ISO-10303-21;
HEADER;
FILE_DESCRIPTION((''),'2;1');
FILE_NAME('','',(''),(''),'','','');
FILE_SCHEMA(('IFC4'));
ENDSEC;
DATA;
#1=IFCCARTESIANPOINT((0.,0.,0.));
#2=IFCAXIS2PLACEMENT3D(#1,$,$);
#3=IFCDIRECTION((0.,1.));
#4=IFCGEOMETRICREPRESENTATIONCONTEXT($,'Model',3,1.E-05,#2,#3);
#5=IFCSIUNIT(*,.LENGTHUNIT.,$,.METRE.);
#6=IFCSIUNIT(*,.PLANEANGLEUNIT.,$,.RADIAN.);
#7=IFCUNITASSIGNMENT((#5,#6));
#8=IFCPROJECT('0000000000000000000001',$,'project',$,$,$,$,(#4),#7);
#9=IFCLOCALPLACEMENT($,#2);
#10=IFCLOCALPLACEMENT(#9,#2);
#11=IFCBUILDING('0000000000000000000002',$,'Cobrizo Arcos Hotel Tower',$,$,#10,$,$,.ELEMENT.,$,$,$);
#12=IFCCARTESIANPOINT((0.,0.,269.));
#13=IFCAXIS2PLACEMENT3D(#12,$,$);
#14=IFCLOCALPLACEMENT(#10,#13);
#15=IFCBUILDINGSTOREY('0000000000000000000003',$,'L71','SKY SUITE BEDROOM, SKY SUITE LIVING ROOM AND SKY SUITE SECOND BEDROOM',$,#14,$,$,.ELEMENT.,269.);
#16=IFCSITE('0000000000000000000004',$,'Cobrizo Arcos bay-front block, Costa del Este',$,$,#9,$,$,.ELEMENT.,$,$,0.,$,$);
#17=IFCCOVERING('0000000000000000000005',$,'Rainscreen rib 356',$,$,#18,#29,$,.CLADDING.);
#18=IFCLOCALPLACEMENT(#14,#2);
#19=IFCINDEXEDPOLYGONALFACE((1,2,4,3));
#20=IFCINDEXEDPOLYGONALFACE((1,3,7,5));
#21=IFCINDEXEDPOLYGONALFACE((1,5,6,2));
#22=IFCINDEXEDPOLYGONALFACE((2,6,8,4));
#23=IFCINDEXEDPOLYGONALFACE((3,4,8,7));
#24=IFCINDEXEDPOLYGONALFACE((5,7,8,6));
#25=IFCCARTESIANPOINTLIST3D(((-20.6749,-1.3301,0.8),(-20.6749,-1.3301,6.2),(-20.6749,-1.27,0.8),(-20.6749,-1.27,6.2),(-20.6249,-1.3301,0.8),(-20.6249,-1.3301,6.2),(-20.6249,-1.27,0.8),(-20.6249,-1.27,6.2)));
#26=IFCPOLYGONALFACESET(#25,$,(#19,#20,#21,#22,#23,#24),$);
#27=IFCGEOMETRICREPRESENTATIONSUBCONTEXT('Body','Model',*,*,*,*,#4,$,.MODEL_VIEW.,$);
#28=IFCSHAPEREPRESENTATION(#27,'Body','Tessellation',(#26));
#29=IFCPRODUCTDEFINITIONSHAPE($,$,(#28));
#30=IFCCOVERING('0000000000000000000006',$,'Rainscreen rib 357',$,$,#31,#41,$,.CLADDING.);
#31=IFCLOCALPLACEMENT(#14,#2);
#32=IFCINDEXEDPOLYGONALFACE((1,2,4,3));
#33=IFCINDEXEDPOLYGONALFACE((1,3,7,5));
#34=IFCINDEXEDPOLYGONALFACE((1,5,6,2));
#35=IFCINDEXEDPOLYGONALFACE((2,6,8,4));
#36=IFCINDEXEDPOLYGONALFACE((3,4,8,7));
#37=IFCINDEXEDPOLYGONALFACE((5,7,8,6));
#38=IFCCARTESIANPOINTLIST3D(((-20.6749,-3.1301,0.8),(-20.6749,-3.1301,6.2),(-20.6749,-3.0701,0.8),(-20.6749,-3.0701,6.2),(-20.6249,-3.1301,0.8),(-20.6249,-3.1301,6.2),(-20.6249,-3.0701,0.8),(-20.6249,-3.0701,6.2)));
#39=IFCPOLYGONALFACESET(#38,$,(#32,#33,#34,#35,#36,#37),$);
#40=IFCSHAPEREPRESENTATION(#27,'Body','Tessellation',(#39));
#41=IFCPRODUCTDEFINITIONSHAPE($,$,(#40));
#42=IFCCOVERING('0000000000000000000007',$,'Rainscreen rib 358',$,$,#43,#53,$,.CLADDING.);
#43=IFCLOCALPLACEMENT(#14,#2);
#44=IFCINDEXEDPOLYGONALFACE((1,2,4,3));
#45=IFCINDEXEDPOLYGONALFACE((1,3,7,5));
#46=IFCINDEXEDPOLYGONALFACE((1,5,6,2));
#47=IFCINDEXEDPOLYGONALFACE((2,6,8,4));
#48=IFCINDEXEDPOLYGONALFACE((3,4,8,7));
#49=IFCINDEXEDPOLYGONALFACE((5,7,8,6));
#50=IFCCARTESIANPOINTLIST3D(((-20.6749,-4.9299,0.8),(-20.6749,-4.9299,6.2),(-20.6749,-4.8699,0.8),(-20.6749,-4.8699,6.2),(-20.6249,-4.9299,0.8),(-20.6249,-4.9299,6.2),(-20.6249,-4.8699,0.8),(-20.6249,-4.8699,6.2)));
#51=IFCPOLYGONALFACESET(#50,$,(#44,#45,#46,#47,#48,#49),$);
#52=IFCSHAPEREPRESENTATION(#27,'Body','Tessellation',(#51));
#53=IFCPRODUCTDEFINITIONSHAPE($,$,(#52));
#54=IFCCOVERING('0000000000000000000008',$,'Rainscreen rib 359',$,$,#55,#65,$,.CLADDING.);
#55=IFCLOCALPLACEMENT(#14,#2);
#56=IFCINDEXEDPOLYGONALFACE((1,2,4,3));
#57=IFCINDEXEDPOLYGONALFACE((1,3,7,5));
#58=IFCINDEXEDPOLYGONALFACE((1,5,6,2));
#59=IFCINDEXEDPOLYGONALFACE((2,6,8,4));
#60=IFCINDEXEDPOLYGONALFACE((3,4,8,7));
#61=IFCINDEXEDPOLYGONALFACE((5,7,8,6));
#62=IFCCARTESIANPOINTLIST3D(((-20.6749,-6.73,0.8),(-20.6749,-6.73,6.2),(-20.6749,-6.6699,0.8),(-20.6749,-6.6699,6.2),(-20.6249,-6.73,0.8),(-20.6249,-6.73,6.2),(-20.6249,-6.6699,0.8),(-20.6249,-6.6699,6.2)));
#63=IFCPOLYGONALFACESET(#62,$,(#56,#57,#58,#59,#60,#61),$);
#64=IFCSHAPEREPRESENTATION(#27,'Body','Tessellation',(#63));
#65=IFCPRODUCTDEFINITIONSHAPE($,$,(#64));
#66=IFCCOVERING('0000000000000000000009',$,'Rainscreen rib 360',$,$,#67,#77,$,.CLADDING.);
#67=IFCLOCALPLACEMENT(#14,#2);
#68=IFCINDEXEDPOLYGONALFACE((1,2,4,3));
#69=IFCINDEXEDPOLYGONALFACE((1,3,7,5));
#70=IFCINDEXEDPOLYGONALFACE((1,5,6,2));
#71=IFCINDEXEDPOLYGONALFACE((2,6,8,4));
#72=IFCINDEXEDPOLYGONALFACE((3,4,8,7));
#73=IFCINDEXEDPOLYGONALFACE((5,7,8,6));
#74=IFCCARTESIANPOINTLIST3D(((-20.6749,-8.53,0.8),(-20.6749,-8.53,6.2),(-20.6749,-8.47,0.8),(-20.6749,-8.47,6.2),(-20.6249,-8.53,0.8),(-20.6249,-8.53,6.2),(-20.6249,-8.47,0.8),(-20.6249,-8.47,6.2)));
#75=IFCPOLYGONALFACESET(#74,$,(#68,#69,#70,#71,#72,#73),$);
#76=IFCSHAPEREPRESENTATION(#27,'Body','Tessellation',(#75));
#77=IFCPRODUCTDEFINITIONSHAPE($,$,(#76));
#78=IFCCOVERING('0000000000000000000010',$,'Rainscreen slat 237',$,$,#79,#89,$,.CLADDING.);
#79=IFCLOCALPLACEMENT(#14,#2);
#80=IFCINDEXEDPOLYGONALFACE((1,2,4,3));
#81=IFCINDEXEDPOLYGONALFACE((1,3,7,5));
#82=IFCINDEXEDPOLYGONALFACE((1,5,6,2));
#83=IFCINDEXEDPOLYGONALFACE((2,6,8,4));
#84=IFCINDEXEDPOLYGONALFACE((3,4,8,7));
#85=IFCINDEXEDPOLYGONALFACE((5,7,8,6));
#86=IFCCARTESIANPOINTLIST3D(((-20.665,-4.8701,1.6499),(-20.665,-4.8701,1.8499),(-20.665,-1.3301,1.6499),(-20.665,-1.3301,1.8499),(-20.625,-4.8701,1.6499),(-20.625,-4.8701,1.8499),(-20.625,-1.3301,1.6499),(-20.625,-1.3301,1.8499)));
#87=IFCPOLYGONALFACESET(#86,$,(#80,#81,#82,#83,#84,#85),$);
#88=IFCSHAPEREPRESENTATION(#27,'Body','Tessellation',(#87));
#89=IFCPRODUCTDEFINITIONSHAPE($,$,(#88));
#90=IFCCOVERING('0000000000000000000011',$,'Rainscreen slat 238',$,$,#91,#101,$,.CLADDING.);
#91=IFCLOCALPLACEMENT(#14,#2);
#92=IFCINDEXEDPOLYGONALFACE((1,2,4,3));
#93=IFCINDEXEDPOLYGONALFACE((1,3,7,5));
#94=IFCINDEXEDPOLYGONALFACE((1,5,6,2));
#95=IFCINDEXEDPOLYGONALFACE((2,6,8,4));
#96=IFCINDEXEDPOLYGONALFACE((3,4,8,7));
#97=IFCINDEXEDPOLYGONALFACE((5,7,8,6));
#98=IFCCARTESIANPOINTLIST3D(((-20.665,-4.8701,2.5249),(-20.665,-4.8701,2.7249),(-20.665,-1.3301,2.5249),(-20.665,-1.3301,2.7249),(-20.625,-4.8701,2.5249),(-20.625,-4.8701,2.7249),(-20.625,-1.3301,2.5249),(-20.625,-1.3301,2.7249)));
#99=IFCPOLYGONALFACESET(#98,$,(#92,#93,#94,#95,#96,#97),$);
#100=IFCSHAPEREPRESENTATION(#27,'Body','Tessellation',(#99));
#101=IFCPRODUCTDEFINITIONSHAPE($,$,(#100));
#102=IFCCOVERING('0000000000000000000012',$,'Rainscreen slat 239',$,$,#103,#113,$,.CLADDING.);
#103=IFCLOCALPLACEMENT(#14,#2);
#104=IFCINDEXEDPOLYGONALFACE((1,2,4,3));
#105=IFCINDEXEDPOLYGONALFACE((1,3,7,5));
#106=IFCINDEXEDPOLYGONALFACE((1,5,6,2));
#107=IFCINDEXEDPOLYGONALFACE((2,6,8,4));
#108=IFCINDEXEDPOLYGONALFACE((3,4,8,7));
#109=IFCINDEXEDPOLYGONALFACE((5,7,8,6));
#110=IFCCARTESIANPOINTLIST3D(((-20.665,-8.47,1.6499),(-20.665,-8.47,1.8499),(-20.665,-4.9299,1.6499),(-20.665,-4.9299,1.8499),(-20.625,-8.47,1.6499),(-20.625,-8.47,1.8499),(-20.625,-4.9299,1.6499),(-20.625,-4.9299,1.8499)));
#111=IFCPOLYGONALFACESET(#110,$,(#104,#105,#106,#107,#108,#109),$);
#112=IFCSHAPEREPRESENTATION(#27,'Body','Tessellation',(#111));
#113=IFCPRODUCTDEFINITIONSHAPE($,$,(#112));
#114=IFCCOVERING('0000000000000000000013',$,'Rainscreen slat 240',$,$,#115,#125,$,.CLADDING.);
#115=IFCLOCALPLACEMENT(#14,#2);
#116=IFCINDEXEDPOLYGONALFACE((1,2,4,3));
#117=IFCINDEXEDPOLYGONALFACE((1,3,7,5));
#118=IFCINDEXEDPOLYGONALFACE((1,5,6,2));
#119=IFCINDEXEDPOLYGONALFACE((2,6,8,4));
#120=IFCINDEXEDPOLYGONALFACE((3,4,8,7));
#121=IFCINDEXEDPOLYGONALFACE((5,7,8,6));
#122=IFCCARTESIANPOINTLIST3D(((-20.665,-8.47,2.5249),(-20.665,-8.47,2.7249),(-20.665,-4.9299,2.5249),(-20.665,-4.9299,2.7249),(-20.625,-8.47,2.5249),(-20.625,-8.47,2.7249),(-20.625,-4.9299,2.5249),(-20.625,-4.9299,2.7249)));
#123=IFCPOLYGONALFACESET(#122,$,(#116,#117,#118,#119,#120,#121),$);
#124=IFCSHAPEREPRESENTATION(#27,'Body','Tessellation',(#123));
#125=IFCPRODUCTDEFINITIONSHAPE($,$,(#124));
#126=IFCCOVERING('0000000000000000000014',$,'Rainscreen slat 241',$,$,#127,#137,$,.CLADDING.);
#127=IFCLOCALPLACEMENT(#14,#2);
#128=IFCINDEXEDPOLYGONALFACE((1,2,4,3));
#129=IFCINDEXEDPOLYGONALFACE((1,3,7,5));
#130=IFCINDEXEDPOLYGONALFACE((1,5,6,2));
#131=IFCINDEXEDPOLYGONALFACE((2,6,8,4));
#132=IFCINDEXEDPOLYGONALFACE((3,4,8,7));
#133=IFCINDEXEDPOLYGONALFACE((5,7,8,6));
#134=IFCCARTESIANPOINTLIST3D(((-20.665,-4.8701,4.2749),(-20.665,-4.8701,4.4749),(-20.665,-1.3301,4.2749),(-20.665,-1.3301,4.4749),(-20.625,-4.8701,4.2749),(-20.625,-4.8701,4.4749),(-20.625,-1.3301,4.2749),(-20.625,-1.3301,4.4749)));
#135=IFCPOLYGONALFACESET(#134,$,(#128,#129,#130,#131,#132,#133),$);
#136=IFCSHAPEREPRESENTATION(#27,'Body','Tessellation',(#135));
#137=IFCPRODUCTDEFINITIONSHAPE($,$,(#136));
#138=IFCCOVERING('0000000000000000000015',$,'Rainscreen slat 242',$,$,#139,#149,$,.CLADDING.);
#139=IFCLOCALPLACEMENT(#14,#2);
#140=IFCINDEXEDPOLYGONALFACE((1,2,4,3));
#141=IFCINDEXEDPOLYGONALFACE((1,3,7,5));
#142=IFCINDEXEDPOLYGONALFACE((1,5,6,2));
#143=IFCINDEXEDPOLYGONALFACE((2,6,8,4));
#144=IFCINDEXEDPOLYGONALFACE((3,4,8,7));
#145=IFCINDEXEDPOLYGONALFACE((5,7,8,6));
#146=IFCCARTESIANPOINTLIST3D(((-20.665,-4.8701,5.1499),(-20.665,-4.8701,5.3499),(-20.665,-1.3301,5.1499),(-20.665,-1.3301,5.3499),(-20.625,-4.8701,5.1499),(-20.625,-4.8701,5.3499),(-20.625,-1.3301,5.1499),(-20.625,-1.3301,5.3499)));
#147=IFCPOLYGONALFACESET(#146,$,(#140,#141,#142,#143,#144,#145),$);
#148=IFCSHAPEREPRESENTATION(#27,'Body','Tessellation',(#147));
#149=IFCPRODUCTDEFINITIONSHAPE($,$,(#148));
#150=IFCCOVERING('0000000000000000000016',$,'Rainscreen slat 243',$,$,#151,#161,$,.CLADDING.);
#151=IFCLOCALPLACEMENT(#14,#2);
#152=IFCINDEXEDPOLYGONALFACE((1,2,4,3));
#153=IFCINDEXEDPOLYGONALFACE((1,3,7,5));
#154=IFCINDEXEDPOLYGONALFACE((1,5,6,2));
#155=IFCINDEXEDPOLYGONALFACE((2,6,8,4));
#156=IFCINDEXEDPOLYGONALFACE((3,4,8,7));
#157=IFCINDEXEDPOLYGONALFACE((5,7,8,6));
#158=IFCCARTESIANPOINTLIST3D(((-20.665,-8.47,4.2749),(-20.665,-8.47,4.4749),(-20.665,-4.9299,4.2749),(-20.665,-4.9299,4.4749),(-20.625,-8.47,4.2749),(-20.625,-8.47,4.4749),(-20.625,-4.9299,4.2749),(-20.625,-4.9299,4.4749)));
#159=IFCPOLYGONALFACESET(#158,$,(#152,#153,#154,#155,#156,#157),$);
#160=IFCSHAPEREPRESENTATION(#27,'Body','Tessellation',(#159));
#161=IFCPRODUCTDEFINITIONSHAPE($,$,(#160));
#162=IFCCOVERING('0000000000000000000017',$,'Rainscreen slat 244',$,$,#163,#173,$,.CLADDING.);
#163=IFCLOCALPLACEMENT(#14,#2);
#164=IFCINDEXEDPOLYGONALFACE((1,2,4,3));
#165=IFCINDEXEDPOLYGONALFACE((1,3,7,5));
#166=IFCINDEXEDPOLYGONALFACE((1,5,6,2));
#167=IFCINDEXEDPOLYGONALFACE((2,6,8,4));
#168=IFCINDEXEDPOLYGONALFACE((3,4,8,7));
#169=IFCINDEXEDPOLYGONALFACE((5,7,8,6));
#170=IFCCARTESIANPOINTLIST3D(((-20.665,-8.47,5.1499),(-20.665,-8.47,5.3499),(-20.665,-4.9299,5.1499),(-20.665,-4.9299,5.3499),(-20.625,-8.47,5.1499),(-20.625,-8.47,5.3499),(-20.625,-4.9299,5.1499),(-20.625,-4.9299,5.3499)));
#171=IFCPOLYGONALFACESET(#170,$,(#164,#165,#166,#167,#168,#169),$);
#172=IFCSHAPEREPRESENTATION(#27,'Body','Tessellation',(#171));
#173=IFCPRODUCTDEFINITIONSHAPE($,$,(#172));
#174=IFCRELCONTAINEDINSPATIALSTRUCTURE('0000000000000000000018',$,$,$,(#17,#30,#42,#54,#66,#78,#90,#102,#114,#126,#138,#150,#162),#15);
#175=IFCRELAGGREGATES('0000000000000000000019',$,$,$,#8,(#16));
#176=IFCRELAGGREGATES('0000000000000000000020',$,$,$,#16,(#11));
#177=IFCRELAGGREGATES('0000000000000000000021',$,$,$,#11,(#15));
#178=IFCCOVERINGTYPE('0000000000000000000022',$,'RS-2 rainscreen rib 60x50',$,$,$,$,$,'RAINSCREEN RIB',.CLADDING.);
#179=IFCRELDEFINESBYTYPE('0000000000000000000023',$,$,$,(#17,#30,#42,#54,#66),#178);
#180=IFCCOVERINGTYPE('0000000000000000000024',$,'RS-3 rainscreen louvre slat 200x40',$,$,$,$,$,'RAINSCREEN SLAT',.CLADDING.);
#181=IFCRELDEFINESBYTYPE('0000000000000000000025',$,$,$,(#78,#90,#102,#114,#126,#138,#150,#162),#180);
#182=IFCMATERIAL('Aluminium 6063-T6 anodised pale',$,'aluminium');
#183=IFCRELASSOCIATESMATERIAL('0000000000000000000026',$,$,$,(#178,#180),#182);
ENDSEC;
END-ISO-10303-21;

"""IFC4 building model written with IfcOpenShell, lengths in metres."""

from ifc_helpers import new_model, si_unit, direction, frame, origin, origin_2d, place, context, subcontext, project, spatial, rectangle, extrude, material, type_object, element, save


model = new_model("IFC4")

# Units and contexts
model_context = context("Model", 3, precision=1e-05, world=origin(), true_north=direction((0.0, 1.0)))
body_context = subcontext(model_context, "Body", "Model", "MODEL_VIEW")
ifc_project = project(units=[si_unit("LENGTHUNIT", "METRE"), si_unit("PLANEANGLEUNIT", "RADIAN")], contexts=[model_context])

# Site, building, storey
site_placement = place(None, origin())
site = spatial("IfcSite", under=ifc_project, at=site_placement, Name="Cobrizo Arcos bay-front block, Costa del Este", CompositionType="ELEMENT", RefElevation=0.0)
building_placement = place(site_placement, origin())
building = spatial("IfcBuilding", under=site, at=building_placement, Name="Cobrizo Arcos Hotel Tower", CompositionType="ELEMENT")
storey_placement = place(building_placement, frame((0.0, 0.0, 269.0)))
storey = spatial("IfcBuildingStorey", under=building, at=storey_placement, Name="L71", Description="SKY SUITE BEDROOM, SKY SUITE LIVING ROOM AND SKY SUITE SECOND BEDROOM", CompositionType="ELEMENT", Elevation=269.0)

# Coverings
ifc_material_1 = material(Name="Aluminium 6063-T6 anodised pale", Category="aluminium")
covering_type_1 = type_object("IfcCoveringType", Name="RS-2 rainscreen rib 60x50", ElementType="RAINSCREEN RIB", PredefinedType="CLADDING", material=ifc_material_1)
for number, where, z_axis, x_axis, name in (
    (1, (-20.6499, -1.3, 0.8), (0.0, 0.0, 1.0), (0.0, -1.0, 0.0), "Rainscreen rib 356"),
    (2, (-20.6499, -3.1001, 0.8), (0.0, 0.0, 1.0), (0.0, -1.0, 0.0), "Rainscreen rib 357"),
    (3, (-20.6499, -4.8999, 0.8), (0.0, 0.0, 1.0), (0.0, -1.0, 0.0), "Rainscreen rib 358"),
    (4, (-20.6499, -6.7, 0.8), (0.0, 0.0, 1.0), (0.0, -1.0, 0.0), "Rainscreen rib 359"),
    (5, (-20.6499, -8.5, 0.8), (0.0, 0.0, 1.0), (0.0, -1.0, 0.0), "Rainscreen rib 360"),
):
    element("IfcCovering", number, at=place(storey_placement, frame(where, z_axis=z_axis, x_axis=x_axis)), inside=storey, type_object=covering_type_1, Name=name, PredefinedType="CLADDING", context=body_context, shape_type="SweptSolid", body=[
        extrude(rectangle(XDim=0.0601, YDim=0.05, at=origin_2d()), origin(), (0.0, 0.0, 1.0), 5.3999),
    ])
covering_type_2 = type_object("IfcCoveringType", Name="RS-3 rainscreen louvre slat 200x40", ElementType="RAINSCREEN SLAT", PredefinedType="CLADDING", material=ifc_material_1)
for number, where, z_axis, x_axis, name in (
    (6, (-20.645, -3.1001, 1.6499), (0.0, 0.0, 1.0), (0.0, -1.0, 0.0), "Rainscreen slat 237"),
    (7, (-20.645, -3.1001, 2.5249), (0.0, 0.0, 1.0), (0.0, -1.0, 0.0), "Rainscreen slat 238"),
    (8, (-20.645, -6.7, 1.6499), (0.0, 0.0, 1.0), (0.0, -1.0, 0.0), "Rainscreen slat 239"),
    (9, (-20.645, -6.7, 2.5249), (0.0, 0.0, 1.0), (0.0, -1.0, 0.0), "Rainscreen slat 240"),
    (10, (-20.645, -3.1001, 4.2749), (0.0, 0.0, 1.0), (0.0, -1.0, 0.0), "Rainscreen slat 241"),
    (11, (-20.645, -3.1001, 5.1499), (0.0, 0.0, 1.0), (0.0, -1.0, 0.0), "Rainscreen slat 242"),
    (12, (-20.645, -6.7, 4.2749), (0.0, 0.0, 1.0), (0.0, -1.0, 0.0), "Rainscreen slat 243"),
    (13, (-20.645, -6.7, 5.1499), (0.0, 0.0, 1.0), (0.0, -1.0, 0.0), "Rainscreen slat 244"),
):
    element("IfcCovering", number, at=place(storey_placement, frame(where, z_axis=z_axis, x_axis=x_axis)), inside=storey, type_object=covering_type_2, Name=name, PredefinedType="CLADDING", context=body_context, shape_type="SweptSolid", body=[
        extrude(rectangle(XDim=3.54, YDim=0.04, at=origin_2d()), origin(), (0.0, 0.0, 1.0), 0.2),
    ])

save(model, "model.ifc")
